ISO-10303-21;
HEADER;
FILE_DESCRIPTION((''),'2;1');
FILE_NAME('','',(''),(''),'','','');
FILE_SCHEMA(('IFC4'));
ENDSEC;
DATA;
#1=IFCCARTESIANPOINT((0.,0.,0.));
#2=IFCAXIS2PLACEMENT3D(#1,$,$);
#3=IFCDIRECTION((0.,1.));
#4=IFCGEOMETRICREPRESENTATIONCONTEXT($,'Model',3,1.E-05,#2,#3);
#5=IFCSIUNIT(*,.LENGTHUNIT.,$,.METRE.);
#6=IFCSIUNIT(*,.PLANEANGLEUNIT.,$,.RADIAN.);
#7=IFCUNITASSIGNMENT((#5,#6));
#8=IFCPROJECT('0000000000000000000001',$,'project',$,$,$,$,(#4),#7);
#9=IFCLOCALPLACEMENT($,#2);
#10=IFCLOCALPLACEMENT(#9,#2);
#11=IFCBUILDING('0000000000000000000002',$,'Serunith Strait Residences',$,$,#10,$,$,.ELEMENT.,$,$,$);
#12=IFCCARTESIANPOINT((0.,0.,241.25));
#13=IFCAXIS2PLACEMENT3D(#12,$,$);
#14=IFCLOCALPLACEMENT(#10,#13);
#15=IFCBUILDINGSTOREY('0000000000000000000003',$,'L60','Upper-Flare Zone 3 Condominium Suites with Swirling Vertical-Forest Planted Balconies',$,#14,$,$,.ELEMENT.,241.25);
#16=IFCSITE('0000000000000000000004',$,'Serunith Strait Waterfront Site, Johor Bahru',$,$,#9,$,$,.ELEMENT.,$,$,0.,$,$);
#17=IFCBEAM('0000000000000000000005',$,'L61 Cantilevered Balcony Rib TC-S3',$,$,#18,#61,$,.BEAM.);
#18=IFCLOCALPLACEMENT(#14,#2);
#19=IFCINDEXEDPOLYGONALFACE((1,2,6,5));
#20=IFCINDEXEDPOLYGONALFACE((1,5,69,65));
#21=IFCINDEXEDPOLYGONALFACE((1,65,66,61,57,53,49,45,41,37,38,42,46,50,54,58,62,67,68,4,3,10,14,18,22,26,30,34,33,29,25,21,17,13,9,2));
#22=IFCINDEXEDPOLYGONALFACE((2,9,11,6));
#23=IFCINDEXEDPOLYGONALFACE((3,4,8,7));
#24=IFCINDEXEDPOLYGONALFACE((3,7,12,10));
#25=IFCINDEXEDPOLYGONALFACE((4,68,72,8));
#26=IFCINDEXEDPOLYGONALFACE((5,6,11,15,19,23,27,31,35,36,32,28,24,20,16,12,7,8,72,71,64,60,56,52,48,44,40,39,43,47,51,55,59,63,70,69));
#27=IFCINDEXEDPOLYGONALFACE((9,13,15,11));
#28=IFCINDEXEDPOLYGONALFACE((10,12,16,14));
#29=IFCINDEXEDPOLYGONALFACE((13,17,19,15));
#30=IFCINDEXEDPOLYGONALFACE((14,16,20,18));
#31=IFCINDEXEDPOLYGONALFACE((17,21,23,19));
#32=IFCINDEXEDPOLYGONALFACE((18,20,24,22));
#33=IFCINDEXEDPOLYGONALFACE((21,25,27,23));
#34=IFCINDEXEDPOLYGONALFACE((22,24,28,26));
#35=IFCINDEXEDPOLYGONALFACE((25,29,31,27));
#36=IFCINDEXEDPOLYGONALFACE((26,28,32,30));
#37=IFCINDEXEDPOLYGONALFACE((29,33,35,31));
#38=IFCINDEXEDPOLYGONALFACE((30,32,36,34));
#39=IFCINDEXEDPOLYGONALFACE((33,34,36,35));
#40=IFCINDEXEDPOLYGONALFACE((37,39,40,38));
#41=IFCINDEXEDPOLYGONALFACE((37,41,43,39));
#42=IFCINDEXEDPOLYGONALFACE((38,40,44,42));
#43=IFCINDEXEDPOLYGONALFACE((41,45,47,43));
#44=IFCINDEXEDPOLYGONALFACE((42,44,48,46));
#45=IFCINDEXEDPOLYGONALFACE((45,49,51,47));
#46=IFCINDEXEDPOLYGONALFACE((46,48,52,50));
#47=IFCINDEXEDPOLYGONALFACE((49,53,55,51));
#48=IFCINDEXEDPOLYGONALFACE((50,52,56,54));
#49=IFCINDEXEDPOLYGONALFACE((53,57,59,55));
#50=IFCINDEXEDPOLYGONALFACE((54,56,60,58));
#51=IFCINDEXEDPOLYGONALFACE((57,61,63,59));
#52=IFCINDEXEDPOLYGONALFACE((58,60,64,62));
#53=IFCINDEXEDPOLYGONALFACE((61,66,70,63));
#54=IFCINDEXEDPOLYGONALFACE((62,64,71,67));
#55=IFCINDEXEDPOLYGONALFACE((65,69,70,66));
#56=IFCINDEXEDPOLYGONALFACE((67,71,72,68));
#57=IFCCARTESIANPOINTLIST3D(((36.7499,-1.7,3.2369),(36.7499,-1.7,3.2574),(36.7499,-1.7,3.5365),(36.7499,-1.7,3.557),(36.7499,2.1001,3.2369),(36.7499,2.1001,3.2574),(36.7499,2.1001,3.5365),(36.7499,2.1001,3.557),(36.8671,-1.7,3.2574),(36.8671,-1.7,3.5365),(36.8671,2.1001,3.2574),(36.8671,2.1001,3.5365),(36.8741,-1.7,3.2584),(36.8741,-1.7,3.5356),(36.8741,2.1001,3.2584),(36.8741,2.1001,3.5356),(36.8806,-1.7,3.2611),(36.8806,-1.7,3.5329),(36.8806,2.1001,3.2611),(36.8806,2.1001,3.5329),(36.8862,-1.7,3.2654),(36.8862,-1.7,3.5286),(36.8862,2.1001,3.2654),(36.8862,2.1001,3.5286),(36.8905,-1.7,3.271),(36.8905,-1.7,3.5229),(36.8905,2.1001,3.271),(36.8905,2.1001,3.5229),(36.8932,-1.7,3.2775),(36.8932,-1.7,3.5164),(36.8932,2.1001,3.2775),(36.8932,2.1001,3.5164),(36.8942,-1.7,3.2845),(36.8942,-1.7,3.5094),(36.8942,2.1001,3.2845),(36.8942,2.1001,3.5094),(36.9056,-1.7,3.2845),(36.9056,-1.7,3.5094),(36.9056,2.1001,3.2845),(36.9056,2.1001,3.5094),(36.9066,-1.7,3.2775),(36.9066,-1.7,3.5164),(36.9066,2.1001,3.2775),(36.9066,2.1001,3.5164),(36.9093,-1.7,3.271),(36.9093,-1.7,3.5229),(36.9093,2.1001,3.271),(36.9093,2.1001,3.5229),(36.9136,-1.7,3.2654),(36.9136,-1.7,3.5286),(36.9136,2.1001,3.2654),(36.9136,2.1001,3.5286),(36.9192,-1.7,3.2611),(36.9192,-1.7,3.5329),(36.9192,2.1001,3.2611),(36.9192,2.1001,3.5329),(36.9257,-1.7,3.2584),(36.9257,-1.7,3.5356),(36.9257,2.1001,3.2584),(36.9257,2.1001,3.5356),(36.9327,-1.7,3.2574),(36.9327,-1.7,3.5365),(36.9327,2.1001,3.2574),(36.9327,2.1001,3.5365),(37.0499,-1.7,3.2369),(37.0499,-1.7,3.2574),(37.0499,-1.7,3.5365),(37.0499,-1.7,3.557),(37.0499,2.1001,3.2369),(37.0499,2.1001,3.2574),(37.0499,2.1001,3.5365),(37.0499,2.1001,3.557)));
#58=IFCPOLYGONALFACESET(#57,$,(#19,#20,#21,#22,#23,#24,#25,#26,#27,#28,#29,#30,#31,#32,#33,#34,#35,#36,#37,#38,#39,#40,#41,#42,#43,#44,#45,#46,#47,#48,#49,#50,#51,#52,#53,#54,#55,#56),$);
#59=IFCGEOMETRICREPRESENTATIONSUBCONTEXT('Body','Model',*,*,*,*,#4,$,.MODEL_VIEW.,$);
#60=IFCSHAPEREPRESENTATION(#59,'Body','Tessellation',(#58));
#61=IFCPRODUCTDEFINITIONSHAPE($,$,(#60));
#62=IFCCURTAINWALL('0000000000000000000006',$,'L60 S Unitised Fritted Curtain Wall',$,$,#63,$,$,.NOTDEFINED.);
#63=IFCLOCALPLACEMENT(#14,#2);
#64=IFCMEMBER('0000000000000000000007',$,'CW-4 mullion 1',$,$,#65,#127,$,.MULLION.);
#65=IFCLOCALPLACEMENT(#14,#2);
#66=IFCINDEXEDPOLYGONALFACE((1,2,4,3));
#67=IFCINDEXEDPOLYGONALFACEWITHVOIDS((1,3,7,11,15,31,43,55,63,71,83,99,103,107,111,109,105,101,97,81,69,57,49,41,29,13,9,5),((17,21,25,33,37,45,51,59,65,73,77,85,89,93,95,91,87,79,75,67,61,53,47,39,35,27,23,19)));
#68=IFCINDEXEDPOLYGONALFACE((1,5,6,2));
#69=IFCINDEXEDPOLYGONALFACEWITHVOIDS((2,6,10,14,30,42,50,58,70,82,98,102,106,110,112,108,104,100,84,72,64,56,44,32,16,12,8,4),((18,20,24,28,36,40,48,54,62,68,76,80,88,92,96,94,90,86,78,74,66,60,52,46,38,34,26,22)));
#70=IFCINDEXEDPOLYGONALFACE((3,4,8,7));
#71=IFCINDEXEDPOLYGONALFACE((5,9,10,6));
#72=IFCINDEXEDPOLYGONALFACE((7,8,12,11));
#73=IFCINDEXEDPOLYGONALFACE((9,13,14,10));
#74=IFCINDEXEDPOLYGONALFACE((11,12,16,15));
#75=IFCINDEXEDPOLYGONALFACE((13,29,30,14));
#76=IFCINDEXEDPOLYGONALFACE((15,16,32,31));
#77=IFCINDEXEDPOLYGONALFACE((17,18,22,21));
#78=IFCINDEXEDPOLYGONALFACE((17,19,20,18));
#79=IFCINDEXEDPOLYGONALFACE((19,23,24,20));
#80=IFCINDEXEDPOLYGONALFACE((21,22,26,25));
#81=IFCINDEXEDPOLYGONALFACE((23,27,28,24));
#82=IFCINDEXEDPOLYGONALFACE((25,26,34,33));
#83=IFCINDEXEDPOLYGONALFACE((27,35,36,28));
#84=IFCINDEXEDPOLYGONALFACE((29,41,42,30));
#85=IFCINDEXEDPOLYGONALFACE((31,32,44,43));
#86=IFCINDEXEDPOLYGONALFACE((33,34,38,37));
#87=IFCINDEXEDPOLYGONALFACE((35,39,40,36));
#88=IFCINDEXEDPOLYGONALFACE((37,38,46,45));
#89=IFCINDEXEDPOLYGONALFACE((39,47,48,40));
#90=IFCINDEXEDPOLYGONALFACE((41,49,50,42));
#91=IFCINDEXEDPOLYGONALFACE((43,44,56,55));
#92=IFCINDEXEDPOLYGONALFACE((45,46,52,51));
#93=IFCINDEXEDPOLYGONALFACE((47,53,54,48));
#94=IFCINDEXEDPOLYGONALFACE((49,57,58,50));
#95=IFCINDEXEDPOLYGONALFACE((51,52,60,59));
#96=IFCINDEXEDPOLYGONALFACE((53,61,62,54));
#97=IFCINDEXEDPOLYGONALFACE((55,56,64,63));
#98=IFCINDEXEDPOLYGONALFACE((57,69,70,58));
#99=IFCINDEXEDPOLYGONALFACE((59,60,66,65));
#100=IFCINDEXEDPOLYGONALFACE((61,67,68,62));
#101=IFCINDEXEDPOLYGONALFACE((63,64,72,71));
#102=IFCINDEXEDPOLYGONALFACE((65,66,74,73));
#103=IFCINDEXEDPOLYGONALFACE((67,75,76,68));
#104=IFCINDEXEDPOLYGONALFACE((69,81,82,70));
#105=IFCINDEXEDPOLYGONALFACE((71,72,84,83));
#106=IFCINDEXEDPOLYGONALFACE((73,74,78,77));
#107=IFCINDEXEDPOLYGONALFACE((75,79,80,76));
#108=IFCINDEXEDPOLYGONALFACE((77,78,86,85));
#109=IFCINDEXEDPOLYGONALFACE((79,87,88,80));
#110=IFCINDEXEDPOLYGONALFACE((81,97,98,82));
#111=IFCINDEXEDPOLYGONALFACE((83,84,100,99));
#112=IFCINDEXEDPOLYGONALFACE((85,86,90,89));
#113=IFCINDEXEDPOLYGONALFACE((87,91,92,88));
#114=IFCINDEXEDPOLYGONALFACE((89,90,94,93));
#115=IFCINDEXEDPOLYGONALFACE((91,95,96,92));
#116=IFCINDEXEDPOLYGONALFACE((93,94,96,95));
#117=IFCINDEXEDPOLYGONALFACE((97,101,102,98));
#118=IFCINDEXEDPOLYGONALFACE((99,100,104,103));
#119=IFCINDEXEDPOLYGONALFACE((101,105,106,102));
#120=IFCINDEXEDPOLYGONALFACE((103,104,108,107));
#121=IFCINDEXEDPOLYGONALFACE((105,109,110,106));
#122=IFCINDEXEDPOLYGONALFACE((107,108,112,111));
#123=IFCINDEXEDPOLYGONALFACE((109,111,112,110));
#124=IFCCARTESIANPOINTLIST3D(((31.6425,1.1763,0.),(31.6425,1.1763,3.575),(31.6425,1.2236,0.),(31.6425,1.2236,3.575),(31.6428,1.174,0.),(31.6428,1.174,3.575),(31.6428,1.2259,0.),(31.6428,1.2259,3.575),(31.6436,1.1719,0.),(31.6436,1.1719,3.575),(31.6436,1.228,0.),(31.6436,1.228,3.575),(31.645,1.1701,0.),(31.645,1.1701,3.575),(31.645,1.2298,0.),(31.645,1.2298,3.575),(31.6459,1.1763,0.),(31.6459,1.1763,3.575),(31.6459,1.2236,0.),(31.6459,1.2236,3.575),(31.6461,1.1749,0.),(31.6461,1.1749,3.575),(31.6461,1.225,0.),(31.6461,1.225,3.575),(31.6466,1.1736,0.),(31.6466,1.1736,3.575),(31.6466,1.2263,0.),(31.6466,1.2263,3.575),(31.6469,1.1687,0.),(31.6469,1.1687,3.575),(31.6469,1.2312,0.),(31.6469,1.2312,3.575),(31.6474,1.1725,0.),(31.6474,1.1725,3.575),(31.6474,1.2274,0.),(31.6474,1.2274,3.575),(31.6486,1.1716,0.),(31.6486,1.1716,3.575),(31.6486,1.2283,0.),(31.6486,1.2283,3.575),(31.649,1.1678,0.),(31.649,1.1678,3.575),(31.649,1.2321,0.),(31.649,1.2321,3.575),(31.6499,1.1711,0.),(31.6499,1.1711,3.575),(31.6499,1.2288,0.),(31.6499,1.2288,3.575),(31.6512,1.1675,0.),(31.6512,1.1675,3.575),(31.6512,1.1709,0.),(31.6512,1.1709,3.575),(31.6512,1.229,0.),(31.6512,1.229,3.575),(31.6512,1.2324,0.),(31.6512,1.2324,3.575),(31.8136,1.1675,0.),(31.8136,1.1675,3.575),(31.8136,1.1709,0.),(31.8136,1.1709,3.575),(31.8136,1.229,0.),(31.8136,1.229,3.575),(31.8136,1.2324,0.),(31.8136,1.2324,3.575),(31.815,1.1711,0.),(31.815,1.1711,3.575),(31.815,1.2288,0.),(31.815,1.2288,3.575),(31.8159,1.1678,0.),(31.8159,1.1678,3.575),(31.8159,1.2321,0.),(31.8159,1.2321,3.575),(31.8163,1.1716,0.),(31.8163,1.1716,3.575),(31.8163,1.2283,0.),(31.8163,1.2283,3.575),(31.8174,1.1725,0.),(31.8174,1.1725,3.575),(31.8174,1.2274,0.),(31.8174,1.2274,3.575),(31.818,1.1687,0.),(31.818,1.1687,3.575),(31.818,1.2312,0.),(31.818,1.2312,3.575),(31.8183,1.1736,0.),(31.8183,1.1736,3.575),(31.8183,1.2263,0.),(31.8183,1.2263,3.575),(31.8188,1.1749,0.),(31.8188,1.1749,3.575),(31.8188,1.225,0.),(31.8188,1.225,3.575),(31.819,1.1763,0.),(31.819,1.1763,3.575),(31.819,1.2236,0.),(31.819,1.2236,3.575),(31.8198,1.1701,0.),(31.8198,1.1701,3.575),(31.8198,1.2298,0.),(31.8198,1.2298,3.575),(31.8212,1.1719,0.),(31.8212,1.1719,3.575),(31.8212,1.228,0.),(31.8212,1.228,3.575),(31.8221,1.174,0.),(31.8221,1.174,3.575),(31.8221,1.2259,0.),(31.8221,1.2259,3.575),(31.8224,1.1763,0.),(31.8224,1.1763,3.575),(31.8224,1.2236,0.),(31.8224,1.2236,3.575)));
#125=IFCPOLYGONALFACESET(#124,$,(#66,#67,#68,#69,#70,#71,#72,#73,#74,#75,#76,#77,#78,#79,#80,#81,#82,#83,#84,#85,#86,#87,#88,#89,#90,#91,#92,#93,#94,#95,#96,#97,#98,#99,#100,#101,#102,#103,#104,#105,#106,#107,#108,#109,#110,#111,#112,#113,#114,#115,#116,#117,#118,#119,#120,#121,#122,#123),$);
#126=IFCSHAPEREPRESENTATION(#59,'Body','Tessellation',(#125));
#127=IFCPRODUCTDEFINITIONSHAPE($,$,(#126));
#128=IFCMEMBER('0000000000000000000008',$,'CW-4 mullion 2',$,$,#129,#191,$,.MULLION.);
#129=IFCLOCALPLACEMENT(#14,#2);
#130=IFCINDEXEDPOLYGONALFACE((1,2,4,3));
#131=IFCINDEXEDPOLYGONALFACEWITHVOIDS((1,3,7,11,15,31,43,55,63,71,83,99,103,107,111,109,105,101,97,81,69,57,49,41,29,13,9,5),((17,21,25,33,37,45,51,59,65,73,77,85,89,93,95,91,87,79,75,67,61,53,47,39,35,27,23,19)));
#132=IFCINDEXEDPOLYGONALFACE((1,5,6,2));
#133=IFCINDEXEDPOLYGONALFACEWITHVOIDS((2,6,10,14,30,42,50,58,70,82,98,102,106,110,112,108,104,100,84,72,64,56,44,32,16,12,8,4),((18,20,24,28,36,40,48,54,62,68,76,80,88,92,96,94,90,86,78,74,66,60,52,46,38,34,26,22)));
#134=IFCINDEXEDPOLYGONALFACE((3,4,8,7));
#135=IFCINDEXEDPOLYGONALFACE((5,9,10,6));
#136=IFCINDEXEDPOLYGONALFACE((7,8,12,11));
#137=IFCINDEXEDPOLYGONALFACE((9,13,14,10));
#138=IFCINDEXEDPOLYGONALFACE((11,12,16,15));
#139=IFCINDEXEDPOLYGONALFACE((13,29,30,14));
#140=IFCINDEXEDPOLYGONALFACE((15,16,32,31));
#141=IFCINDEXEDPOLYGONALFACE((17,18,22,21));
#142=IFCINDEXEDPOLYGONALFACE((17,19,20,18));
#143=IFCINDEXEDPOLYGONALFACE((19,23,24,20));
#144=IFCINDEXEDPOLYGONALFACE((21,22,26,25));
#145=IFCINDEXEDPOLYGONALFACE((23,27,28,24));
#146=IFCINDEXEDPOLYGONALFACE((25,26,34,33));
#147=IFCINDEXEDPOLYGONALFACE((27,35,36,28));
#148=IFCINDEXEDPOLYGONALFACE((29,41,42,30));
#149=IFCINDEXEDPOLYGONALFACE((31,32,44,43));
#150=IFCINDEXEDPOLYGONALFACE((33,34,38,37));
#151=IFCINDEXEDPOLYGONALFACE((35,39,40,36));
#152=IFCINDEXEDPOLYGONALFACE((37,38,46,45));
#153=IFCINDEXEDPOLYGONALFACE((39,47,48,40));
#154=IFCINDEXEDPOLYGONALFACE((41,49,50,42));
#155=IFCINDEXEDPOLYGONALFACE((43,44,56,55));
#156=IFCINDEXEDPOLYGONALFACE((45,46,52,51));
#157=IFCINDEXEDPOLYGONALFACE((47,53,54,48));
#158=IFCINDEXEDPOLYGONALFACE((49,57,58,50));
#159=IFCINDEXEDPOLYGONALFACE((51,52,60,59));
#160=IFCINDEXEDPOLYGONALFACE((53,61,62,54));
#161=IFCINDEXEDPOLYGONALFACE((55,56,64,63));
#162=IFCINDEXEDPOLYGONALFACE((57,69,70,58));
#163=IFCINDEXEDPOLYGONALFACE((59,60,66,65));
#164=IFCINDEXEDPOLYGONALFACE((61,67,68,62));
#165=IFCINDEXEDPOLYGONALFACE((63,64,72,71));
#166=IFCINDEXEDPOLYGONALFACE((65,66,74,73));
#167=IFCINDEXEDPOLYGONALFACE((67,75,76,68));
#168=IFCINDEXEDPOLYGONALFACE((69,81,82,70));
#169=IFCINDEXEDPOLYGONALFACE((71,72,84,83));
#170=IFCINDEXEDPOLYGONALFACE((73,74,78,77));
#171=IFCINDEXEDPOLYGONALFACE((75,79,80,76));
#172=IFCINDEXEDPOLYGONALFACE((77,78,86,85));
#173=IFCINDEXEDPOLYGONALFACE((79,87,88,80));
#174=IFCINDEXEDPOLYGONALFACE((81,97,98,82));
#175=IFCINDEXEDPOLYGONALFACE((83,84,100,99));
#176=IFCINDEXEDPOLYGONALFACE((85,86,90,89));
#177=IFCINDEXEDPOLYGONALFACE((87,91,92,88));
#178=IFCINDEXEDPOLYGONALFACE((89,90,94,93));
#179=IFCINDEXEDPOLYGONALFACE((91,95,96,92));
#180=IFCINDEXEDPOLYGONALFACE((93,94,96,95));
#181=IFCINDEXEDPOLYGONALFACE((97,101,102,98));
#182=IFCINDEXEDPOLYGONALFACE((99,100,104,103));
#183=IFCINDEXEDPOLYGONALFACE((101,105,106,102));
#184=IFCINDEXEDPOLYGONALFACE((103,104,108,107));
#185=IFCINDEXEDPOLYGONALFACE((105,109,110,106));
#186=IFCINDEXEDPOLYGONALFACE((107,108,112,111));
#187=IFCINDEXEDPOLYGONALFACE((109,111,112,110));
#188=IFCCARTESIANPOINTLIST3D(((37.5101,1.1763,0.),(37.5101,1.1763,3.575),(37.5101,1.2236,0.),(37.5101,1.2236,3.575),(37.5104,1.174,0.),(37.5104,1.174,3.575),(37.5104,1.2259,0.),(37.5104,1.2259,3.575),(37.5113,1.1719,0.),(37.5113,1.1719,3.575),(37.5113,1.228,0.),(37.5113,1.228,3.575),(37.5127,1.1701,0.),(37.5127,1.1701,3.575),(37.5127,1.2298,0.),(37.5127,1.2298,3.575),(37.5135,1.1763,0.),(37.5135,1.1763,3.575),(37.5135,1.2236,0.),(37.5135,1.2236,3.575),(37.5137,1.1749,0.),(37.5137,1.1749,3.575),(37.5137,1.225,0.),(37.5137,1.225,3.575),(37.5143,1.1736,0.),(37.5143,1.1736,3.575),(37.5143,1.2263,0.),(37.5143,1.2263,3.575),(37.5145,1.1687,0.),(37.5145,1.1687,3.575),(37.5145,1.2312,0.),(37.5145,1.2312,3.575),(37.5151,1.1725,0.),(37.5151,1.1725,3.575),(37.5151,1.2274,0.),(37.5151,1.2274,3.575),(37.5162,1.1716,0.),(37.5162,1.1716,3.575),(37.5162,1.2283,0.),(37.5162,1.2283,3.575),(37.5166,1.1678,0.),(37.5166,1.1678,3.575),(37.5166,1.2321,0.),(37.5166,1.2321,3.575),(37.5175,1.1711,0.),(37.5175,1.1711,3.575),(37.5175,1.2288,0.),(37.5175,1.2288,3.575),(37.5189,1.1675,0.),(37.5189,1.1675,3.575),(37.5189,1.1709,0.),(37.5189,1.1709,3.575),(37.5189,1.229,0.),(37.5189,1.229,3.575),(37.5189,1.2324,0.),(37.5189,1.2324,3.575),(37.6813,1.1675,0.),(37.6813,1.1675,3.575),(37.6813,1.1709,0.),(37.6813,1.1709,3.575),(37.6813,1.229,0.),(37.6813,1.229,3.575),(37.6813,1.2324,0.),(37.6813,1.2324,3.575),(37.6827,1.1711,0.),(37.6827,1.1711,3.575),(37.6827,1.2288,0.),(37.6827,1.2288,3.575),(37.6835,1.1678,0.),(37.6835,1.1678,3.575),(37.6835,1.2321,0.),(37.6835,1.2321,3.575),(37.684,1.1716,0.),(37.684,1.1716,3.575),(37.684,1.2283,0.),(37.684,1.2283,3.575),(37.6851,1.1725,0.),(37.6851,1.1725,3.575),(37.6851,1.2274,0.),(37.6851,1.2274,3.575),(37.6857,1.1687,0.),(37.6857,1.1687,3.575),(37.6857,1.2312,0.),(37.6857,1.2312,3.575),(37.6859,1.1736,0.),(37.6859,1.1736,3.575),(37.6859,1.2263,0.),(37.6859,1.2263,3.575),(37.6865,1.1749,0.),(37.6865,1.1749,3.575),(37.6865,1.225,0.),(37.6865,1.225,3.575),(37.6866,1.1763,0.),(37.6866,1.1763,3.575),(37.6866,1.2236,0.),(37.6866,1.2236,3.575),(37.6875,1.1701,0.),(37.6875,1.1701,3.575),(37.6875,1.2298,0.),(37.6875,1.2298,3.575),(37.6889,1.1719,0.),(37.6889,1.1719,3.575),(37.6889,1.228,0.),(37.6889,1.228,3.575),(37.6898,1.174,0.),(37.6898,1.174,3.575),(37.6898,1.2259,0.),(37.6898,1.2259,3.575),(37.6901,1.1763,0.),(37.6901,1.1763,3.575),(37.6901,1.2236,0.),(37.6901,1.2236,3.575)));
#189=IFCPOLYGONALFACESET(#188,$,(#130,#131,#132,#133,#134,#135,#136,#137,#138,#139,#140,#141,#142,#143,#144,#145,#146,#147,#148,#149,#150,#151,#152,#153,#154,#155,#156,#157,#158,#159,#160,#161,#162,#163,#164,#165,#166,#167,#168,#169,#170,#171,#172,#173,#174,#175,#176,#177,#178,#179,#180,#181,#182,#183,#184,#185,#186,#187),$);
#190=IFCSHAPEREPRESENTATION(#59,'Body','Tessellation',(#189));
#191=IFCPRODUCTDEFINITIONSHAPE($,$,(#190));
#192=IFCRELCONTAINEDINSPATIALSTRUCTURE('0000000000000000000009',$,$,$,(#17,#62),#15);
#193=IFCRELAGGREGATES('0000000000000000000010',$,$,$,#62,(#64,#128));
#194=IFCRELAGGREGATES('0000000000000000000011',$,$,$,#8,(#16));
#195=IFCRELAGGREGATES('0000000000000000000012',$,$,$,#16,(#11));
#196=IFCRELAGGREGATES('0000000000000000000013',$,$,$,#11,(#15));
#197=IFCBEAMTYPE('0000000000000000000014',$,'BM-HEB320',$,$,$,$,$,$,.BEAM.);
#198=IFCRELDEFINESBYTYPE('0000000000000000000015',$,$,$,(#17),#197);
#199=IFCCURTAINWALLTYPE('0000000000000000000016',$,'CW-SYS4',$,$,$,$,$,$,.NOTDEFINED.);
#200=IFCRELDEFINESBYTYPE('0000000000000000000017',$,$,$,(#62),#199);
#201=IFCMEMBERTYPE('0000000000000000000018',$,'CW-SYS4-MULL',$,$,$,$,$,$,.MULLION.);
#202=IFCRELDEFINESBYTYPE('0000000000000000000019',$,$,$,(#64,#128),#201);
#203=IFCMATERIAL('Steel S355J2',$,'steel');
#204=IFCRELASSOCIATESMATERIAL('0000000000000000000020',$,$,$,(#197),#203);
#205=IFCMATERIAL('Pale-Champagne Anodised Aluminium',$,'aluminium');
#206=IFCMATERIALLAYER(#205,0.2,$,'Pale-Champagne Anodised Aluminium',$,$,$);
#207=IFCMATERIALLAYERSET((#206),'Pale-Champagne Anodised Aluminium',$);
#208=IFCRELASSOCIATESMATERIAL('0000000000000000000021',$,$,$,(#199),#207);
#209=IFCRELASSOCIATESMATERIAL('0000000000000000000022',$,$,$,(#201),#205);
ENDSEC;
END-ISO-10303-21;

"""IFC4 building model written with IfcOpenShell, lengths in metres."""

from ifc_helpers import new_model, si_unit, direction, frame, origin, origin_2d, place, context, subcontext, project, spatial, hollow_rectangle, i_section, extrude, source, transform, mapped, material, layer, layer_set, material_profile, profile_set, type_object, element, aggregate, save


model = new_model("IFC4")

# Units and contexts
model_context = context("Model", 3, precision=1e-05, world=origin(), true_north=direction((0.0, 1.0)))
body_context = subcontext(model_context, "Body", "Model", "MODEL_VIEW")
ifc_project = project(units=[si_unit("LENGTHUNIT", "METRE"), si_unit("PLANEANGLEUNIT", "RADIAN")], contexts=[model_context])

# Site, building, storey
site_placement = place(None, origin())
site = spatial("IfcSite", under=ifc_project, at=site_placement, Name="Serunith Strait Waterfront Site, Johor Bahru", CompositionType="ELEMENT", RefElevation=0.0)
building_placement = place(site_placement, origin())
building = spatial("IfcBuilding", under=site, at=building_placement, Name="Serunith Strait Residences", CompositionType="ELEMENT")
storey_placement = place(building_placement, frame((0.0, 0.0, 241.25)))
storey = spatial("IfcBuildingStorey", under=building, at=storey_placement, Name="L60", Description="Upper-Flare Zone 3 Condominium Suites with Swirling Vertical-Forest Planted Balconies", CompositionType="ELEMENT", Elevation=241.25)

# Beam
ifc_material_1 = material(Name="Steel S355J2", Category="steel")
ifc_material_profile_1 = material_profile(ifc_material_1, i_section(OverallWidth=0.3, OverallDepth=0.3201, WebThickness=0.0115, FlangeThickness=0.0205, FilletRadius=0.0271, at=origin_2d()), Name="HEB 320")
ifc_profile_set_1 = profile_set([ifc_material_profile_1], Name="Steel S355J2")
beam_type_1 = type_object("IfcBeamType", Name="BM-HEB320", PredefinedType="BEAM", material=ifc_profile_set_1)
shared_shape_1 = source(origin(), body_context, "Body", "SweptSolid", [
    extrude(i_section(OverallWidth=0.3, OverallDepth=0.3201, WebThickness=0.0115, FlangeThickness=0.0205, FilletRadius=0.0271, at=origin_2d()), origin(), (0.0, 0.0, 1.0), 3.8),
])
beam_1_placement = place(storey_placement, frame((36.8999, 2.1001, 3.397), z_axis=(0.0, -1.0, 0.0), x_axis=(1.0, 0.0, 0.0)))
element("IfcBeam", 1, at=beam_1_placement, inside=storey, type_object=beam_type_1, Name="L61 Cantilevered Balcony Rib TC-S3", PredefinedType="BEAM", context=body_context, shape_type="MappedRepresentation", body=[
    mapped(shared_shape_1, transform((0.0, 0.0, 0.0), scale=1.0)),
])

# Curtain wall, members
ifc_material_2 = material(Name="Pale-Champagne Anodised Aluminium", Category="aluminium")
ifc_layer_1 = layer(ifc_material_2, 0.2, Name="Pale-Champagne Anodised Aluminium")
ifc_layer_set_1 = layer_set([ifc_layer_1], Name="Pale-Champagne Anodised Aluminium")
curtain_wall_type = type_object("IfcCurtainWallType", Name="CW-SYS4", PredefinedType="NOTDEFINED", material=ifc_layer_set_1)
curtain_wall_placement = place(storey_placement, origin())
curtain_wall = element("IfcCurtainWall", 2, at=curtain_wall_placement, inside=storey, type_object=curtain_wall_type, Name="L60 S Unitised Fritted Curtain Wall", PredefinedType="NOTDEFINED")
ifc_material_profile_2 = material_profile(ifc_material_2, hollow_rectangle(XDim=0.0649, YDim=0.1799, WallThickness=0.0034, InnerFilletRadius=0.0054, OuterFilletRadius=0.0088, at=origin_2d()), Name="ALU 180x65x3.5")
ifc_profile_set_2 = profile_set([ifc_material_profile_2], Name="Pale-Champagne Anodised Aluminium")
member_type_1 = type_object("IfcMemberType", Name="CW-SYS4-MULL", PredefinedType="MULLION", material=ifc_profile_set_2)
shared_shape_2 = source(origin(), body_context, "Body", "SweptSolid", [
    extrude(hollow_rectangle(XDim=0.0649, YDim=0.1799, WallThickness=0.0034, InnerFilletRadius=0.0054, OuterFilletRadius=0.0088, at=origin_2d()), origin(), (0.0, 0.0, 1.0), 3.575),
])
member_1_placement = place(storey_placement, frame((31.7324, 1.2, 0.0), z_axis=(0.0, 0.0, 1.0), x_axis=(0.0, 1.0, 0.0)))
member_1 = element("IfcMember", 3, at=member_1_placement, type_object=member_type_1, Name="CW-4 mullion 1", PredefinedType="MULLION", context=body_context, shape_type="MappedRepresentation", body=[
    mapped(shared_shape_2, transform((0.0, 0.0, 0.0), scale=1.0)),
])
member_2_placement = place(storey_placement, frame((37.6001, 1.2, 0.0), z_axis=(0.0, 0.0, 1.0), x_axis=(0.0, 1.0, 0.0)))
member_2 = element("IfcMember", 4, at=member_2_placement, type_object=member_type_1, Name="CW-4 mullion 2", PredefinedType="MULLION", context=body_context, shape_type="MappedRepresentation", body=[
    mapped(shared_shape_2, transform((0.0, 0.0, 0.0), scale=1.0)),
])
aggregate(curtain_wall, [member_1, member_2])

save(model, "model.ifc")
